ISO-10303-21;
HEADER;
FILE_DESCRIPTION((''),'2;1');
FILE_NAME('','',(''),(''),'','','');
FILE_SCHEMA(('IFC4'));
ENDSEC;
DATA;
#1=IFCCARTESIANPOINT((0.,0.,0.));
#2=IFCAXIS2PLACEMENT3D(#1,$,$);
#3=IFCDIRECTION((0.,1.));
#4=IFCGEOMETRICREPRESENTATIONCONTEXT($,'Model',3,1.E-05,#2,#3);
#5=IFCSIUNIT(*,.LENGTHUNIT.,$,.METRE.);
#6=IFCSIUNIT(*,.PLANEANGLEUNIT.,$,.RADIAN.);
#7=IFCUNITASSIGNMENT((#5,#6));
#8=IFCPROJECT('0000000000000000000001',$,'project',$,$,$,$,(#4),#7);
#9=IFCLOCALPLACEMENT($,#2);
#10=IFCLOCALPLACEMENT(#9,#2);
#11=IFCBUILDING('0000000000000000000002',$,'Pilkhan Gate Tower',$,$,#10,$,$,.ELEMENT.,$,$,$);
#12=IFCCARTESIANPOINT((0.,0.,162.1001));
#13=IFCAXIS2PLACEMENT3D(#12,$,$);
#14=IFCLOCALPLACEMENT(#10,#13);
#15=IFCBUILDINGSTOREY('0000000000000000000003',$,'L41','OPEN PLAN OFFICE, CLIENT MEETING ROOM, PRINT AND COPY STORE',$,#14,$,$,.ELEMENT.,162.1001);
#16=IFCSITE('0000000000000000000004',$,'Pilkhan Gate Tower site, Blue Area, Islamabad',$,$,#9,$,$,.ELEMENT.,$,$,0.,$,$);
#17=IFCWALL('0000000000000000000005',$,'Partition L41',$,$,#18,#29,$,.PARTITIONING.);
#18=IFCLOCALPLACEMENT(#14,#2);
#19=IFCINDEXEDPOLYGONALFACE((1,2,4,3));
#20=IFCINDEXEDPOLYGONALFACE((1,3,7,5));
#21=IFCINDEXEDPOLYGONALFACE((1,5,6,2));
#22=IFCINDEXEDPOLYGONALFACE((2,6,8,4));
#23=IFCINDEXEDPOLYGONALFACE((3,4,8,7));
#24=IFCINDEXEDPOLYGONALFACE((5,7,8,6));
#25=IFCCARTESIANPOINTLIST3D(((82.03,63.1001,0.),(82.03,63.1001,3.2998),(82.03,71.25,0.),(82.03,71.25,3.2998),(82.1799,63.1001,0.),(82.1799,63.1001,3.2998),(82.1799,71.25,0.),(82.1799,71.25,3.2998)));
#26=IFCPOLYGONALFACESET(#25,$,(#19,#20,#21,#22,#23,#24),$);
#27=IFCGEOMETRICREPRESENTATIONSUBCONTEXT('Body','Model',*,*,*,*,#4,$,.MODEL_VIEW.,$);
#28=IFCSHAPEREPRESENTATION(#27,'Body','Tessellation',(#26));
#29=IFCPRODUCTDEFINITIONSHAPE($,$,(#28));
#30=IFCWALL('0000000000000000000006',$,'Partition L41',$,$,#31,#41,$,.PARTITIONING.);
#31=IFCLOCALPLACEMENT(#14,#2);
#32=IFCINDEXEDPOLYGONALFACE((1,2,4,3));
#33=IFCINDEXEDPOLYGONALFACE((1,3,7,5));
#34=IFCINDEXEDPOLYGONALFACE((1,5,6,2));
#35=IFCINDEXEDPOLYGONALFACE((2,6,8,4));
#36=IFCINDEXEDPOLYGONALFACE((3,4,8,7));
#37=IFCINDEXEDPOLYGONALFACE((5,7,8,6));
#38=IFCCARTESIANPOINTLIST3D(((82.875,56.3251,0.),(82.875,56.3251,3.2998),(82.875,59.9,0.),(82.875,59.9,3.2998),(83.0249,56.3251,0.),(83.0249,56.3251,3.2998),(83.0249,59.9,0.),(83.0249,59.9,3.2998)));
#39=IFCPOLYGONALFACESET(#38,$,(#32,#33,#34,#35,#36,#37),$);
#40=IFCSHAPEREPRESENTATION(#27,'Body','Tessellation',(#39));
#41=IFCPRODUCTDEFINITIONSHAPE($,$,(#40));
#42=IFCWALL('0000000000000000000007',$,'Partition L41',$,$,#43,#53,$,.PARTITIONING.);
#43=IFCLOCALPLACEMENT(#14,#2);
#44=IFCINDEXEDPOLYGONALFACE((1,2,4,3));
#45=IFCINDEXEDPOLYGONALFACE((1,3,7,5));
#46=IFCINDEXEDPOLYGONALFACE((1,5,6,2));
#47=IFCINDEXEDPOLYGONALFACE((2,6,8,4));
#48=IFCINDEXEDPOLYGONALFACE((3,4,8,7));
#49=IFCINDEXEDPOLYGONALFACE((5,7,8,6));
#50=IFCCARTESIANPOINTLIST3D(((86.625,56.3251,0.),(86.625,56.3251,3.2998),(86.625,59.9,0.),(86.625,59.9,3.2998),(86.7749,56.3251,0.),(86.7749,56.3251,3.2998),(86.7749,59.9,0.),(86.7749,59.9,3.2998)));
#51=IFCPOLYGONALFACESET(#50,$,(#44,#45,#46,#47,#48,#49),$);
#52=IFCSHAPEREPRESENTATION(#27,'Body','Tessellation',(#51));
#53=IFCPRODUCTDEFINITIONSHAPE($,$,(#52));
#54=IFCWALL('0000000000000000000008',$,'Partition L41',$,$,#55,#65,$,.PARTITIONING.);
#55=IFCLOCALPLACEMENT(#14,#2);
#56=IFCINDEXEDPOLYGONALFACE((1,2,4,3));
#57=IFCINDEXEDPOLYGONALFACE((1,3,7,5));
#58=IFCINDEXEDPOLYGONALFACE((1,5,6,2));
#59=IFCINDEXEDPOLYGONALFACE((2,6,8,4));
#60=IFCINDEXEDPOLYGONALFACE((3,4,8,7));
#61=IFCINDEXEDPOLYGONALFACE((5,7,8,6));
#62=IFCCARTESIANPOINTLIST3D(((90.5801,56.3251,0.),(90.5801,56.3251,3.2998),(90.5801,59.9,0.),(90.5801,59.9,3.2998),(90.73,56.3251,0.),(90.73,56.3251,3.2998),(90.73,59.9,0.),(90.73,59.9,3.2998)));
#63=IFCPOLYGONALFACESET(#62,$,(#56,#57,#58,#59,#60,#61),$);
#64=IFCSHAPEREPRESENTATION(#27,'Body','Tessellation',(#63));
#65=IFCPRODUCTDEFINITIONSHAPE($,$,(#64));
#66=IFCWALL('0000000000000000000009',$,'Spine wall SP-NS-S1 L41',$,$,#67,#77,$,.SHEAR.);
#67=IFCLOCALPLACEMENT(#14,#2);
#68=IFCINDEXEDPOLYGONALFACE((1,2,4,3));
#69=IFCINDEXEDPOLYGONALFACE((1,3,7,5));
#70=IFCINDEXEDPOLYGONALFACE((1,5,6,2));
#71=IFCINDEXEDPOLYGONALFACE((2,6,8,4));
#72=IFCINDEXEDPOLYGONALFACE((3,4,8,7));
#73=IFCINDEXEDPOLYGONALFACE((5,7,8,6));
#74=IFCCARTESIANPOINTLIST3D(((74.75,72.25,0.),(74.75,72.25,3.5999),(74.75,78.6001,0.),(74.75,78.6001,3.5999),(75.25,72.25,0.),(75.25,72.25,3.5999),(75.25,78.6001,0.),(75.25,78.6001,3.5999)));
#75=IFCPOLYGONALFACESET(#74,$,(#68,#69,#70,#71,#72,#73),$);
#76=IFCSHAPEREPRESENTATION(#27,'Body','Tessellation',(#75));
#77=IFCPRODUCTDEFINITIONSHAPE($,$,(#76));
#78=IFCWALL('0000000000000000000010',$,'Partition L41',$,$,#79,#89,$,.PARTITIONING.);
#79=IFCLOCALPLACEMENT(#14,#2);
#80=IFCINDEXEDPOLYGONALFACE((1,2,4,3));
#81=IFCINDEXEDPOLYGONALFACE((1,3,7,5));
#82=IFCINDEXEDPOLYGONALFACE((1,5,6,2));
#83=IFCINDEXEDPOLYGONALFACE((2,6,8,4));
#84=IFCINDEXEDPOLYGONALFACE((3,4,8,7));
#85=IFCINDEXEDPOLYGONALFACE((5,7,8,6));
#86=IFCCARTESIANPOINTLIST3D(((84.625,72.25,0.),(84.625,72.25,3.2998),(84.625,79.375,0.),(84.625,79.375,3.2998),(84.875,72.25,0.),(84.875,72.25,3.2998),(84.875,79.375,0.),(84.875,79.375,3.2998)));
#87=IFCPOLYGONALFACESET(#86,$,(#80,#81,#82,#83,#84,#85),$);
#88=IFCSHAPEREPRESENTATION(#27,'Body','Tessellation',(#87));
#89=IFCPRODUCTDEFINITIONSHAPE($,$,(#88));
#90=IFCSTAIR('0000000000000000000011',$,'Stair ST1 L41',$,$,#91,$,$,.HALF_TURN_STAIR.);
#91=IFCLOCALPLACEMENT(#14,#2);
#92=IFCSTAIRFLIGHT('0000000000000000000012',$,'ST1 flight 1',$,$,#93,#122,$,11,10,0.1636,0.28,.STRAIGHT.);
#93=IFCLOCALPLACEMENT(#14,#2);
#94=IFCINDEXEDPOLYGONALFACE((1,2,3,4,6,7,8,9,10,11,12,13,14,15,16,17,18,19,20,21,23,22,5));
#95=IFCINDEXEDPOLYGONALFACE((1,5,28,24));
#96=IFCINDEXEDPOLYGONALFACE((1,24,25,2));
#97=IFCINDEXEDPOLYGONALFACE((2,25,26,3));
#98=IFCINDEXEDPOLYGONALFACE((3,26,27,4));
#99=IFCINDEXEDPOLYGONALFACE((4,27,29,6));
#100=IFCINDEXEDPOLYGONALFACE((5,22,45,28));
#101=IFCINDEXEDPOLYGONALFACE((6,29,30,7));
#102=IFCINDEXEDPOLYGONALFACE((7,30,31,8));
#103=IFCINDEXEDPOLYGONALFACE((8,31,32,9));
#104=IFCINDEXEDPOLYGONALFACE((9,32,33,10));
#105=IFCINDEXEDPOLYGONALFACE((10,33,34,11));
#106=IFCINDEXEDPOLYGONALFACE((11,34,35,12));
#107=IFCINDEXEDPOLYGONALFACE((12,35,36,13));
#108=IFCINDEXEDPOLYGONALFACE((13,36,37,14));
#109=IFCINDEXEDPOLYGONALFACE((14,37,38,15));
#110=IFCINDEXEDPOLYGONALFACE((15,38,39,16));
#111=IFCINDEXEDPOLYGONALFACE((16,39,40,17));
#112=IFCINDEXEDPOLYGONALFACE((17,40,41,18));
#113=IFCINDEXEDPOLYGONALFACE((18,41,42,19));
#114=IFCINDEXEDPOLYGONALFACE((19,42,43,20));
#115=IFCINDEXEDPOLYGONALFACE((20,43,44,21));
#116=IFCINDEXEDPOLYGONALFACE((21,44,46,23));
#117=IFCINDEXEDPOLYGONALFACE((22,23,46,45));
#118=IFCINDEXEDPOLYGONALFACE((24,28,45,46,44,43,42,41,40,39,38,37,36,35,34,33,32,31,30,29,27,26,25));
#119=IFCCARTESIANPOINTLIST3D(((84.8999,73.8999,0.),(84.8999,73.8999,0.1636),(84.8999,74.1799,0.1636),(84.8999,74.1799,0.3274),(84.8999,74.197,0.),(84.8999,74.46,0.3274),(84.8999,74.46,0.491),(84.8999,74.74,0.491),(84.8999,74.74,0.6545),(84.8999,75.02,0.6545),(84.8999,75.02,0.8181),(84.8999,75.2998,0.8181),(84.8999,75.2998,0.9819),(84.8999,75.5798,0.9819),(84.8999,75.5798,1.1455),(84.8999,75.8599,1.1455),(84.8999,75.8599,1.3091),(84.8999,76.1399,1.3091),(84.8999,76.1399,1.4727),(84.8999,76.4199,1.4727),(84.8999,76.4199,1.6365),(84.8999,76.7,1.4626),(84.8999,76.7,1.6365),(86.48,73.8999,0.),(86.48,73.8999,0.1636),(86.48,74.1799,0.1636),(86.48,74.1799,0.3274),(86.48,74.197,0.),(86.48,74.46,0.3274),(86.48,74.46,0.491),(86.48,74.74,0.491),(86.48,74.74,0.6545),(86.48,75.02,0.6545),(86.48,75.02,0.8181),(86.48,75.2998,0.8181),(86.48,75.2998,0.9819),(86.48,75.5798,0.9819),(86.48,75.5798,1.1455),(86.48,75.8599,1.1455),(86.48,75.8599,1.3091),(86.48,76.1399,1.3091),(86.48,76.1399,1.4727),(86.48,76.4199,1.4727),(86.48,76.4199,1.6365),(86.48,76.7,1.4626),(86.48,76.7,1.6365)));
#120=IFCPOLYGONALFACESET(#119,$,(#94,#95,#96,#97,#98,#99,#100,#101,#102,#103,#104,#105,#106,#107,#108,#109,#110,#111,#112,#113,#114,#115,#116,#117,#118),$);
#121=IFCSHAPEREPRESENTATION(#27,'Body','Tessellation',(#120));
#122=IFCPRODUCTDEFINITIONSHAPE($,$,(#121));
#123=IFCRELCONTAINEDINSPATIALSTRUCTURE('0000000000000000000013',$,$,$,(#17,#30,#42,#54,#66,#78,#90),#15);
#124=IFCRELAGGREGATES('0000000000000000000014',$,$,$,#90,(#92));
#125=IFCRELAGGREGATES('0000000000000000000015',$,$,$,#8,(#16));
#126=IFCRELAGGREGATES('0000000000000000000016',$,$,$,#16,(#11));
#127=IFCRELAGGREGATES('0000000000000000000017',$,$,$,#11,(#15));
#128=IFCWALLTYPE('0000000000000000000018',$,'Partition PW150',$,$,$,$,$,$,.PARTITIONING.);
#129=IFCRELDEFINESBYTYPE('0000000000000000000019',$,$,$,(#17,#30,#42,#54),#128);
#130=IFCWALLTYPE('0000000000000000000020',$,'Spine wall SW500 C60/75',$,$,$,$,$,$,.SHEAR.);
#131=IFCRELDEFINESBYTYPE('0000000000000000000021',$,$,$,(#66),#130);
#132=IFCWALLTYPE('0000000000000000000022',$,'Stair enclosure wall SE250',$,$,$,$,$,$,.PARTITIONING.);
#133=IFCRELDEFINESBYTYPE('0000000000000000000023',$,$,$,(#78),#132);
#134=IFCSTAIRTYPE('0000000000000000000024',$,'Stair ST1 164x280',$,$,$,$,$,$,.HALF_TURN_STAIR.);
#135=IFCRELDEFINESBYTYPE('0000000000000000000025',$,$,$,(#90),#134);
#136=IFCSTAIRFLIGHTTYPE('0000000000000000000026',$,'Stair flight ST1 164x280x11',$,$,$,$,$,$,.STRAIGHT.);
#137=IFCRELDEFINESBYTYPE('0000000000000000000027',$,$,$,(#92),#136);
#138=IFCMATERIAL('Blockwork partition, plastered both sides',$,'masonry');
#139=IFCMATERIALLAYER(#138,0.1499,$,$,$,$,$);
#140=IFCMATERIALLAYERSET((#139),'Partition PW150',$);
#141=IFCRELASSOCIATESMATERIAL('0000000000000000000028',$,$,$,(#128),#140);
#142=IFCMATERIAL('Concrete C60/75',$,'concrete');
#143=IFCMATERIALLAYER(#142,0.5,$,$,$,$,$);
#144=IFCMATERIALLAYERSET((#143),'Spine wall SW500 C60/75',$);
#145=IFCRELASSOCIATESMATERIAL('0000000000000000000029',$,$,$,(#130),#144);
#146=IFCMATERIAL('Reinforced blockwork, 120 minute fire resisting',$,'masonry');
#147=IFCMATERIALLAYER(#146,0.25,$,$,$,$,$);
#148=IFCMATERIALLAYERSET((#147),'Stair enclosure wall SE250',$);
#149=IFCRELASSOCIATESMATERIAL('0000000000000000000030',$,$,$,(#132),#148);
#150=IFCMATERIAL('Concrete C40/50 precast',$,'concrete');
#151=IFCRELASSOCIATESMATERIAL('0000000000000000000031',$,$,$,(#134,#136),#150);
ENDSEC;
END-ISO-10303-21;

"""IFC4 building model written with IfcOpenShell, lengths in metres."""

from ifc_helpers import new_model, si_unit, direction, frame, frame_2d, origin, place, context, subcontext, project, spatial, polyline, rectangle, outline, extrude, material, layer, layer_set, type_object, element, aggregate, save


model = new_model("IFC4")

# Units and contexts
model_context = context("Model", 3, precision=1e-05, world=origin(), true_north=direction((0.0, 1.0)))
body_context = subcontext(model_context, "Body", "Model", "MODEL_VIEW")
ifc_project = project(units=[si_unit("LENGTHUNIT", "METRE"), si_unit("PLANEANGLEUNIT", "RADIAN")], contexts=[model_context])

# Site, building, storey
site_placement = place(None, origin())
site = spatial("IfcSite", under=ifc_project, at=site_placement, Name="Pilkhan Gate Tower site, Blue Area, Islamabad", CompositionType="ELEMENT", RefElevation=0.0)
building_placement = place(site_placement, origin())
building = spatial("IfcBuilding", under=site, at=building_placement, Name="Pilkhan Gate Tower", CompositionType="ELEMENT")
storey_placement = place(building_placement, frame((0.0, 0.0, 162.1001)))
storey = spatial("IfcBuildingStorey", under=building, at=storey_placement, Name="L41", Description="OPEN PLAN OFFICE, CLIENT MEETING ROOM, PRINT AND COPY STORE", CompositionType="ELEMENT", Elevation=162.1001)

# Shared definitions
ifc_material_1 = material(Name="Concrete C60/75", Category="concrete")

# Walls
ifc_material_2 = material(Name="Blockwork partition, plastered both sides", Category="masonry")
ifc_layer_1 = layer(ifc_material_2, 0.1499)
ifc_layer_set_1 = layer_set([ifc_layer_1], Name="Partition PW150")
wall_type_1 = type_object("IfcWallType", Name="Partition PW150", PredefinedType="PARTITIONING", material=ifc_layer_set_1)
wall_1_placement = place(storey_placement, frame((82.105, 63.1001, 0.0), z_axis=(0.0, 0.0, 1.0), x_axis=(0.0, 1.0, 0.0)))
element("IfcWall", 1, at=wall_1_placement, inside=storey, type_object=wall_type_1, Name="Partition L41", PredefinedType="PARTITIONING", context=body_context, shape_type="SweptSolid", body=[
    extrude(rectangle(XDim=8.1499, YDim=0.1499, at=frame_2d((4.075, 0.0))), origin(), (0.0, 0.0, 1.0), 3.2998),
])
for number, where, z_axis, x_axis, name in (
    (2, (82.95, 56.325, 0.0), (0.0, 0.0, 1.0), (0.0, 1.0, 0.0), "Partition L41"),
    (3, (86.7, 56.325, 0.0), (0.0, 0.0, 1.0), (0.0, 1.0, 0.0), "Partition L41"),
    (4, (90.655, 56.325, 0.0), (0.0, 0.0, 1.0), (0.0, 1.0, 0.0), "Partition L41"),
):
    element("IfcWall", number, at=place(storey_placement, frame(where, z_axis=z_axis, x_axis=x_axis)), inside=storey, type_object=wall_type_1, Name=name, PredefinedType="PARTITIONING", context=body_context, shape_type="SweptSolid", body=[
        extrude(rectangle(XDim=3.575, YDim=0.1499, at=frame_2d((1.7876, 0.0))), origin(), (0.0, 0.0, 1.0), 3.2998),
    ])
ifc_layer_2 = layer(ifc_material_1, 0.5)
ifc_layer_set_2 = layer_set([ifc_layer_2], Name="Spine wall SW500 C60/75")
wall_type_2 = type_object("IfcWallType", Name="Spine wall SW500 C60/75", PredefinedType="SHEAR", material=ifc_layer_set_2)
wall_2_placement = place(storey_placement, frame((75.0, 72.25, 0.0), z_axis=(0.0, 0.0, 1.0), x_axis=(0.0, 1.0, 0.0)))
element("IfcWall", 5, at=wall_2_placement, inside=storey, type_object=wall_type_2, Name="Spine wall SP-NS-S1 L41", PredefinedType="SHEAR", context=body_context, shape_type="SweptSolid", body=[
    extrude(rectangle(XDim=6.3501, YDim=0.5, at=frame_2d((3.175, 0.0))), origin(), (0.0, 0.0, 1.0), 3.5999),
])
ifc_material_3 = material(Name="Reinforced blockwork, 120 minute fire resisting", Category="masonry")
ifc_layer_3 = layer(ifc_material_3, 0.25)
ifc_layer_set_3 = layer_set([ifc_layer_3], Name="Stair enclosure wall SE250")
wall_type_3 = type_object("IfcWallType", Name="Stair enclosure wall SE250", PredefinedType="PARTITIONING", material=ifc_layer_set_3)
wall_3_placement = place(storey_placement, frame((84.75, 72.25, 0.0), z_axis=(0.0, 0.0, 1.0), x_axis=(0.0, 1.0, 0.0)))
element("IfcWall", 6, at=wall_3_placement, inside=storey, type_object=wall_type_3, Name="Partition L41", PredefinedType="PARTITIONING", context=body_context, shape_type="SweptSolid", body=[
    extrude(rectangle(XDim=7.125, YDim=0.25, at=frame_2d((3.5625, 0.0))), origin(), (0.0, 0.0, 1.0), 3.2998),
])

# Stair, stair flight
ifc_material_4 = material(Name="Concrete C40/50 precast", Category="concrete")
stair_type = type_object("IfcStairType", Name="Stair ST1 164x280", PredefinedType="HALF_TURN_STAIR", material=ifc_material_4)
stair_placement = place(storey_placement, origin())
stair = element("IfcStair", 7, at=stair_placement, inside=storey, type_object=stair_type, Name="Stair ST1 L41", PredefinedType="HALF_TURN_STAIR")
stair_flight_type = type_object("IfcStairFlightType", Name="Stair flight ST1 164x280x11", PredefinedType="STRAIGHT", material=ifc_material_4)
stair_flight_placement = place(storey_placement, frame((85.6899, 73.8999, 0.0), z_axis=(0.0, 0.0, 1.0), x_axis=(0.0, 1.0, 0.0)))
stair_flight = element("IfcStairFlight", 8, at=stair_flight_placement, type_object=stair_flight_type, Name="ST1 flight 1", NumberOfRisers=11, NumberOfTreads=10, PredefinedType="STRAIGHT", RiserHeight=0.1636, TreadLength=0.28, context=body_context, shape_type="SweptSolid", body=[
    extrude(outline(polyline([(0.0, 0.0), (0.0, 0.1636), (0.28, 0.1636), (0.28, 0.3274), (0.5601, 0.3274), (0.5601, 0.491), (0.8401, 0.491), (0.8401, 0.6545), (1.1201, 0.6545), (1.1201, 0.8181), (1.3999, 0.8181), (1.3999, 0.9819), (1.6799, 0.9819), (1.6799, 1.1455), (1.96, 1.1455), (1.96, 1.3091), (2.24, 1.3091), (2.24, 1.4727), (2.52, 1.4727), (2.52, 1.6365), (2.8, 1.6365), (2.8, 1.8), (2.8, 1.4626), (0.2971, 0.0), (0.0, 0.0)])), frame((0.0, 0.79, 0.0), z_axis=(0.0, -1.0, 0.0), x_axis=(1.0, 0.0, 0.0)), (0.0, 0.0, 1.0), 1.5801),
])
aggregate(stair, [stair_flight])

save(model, "model.ifc")
